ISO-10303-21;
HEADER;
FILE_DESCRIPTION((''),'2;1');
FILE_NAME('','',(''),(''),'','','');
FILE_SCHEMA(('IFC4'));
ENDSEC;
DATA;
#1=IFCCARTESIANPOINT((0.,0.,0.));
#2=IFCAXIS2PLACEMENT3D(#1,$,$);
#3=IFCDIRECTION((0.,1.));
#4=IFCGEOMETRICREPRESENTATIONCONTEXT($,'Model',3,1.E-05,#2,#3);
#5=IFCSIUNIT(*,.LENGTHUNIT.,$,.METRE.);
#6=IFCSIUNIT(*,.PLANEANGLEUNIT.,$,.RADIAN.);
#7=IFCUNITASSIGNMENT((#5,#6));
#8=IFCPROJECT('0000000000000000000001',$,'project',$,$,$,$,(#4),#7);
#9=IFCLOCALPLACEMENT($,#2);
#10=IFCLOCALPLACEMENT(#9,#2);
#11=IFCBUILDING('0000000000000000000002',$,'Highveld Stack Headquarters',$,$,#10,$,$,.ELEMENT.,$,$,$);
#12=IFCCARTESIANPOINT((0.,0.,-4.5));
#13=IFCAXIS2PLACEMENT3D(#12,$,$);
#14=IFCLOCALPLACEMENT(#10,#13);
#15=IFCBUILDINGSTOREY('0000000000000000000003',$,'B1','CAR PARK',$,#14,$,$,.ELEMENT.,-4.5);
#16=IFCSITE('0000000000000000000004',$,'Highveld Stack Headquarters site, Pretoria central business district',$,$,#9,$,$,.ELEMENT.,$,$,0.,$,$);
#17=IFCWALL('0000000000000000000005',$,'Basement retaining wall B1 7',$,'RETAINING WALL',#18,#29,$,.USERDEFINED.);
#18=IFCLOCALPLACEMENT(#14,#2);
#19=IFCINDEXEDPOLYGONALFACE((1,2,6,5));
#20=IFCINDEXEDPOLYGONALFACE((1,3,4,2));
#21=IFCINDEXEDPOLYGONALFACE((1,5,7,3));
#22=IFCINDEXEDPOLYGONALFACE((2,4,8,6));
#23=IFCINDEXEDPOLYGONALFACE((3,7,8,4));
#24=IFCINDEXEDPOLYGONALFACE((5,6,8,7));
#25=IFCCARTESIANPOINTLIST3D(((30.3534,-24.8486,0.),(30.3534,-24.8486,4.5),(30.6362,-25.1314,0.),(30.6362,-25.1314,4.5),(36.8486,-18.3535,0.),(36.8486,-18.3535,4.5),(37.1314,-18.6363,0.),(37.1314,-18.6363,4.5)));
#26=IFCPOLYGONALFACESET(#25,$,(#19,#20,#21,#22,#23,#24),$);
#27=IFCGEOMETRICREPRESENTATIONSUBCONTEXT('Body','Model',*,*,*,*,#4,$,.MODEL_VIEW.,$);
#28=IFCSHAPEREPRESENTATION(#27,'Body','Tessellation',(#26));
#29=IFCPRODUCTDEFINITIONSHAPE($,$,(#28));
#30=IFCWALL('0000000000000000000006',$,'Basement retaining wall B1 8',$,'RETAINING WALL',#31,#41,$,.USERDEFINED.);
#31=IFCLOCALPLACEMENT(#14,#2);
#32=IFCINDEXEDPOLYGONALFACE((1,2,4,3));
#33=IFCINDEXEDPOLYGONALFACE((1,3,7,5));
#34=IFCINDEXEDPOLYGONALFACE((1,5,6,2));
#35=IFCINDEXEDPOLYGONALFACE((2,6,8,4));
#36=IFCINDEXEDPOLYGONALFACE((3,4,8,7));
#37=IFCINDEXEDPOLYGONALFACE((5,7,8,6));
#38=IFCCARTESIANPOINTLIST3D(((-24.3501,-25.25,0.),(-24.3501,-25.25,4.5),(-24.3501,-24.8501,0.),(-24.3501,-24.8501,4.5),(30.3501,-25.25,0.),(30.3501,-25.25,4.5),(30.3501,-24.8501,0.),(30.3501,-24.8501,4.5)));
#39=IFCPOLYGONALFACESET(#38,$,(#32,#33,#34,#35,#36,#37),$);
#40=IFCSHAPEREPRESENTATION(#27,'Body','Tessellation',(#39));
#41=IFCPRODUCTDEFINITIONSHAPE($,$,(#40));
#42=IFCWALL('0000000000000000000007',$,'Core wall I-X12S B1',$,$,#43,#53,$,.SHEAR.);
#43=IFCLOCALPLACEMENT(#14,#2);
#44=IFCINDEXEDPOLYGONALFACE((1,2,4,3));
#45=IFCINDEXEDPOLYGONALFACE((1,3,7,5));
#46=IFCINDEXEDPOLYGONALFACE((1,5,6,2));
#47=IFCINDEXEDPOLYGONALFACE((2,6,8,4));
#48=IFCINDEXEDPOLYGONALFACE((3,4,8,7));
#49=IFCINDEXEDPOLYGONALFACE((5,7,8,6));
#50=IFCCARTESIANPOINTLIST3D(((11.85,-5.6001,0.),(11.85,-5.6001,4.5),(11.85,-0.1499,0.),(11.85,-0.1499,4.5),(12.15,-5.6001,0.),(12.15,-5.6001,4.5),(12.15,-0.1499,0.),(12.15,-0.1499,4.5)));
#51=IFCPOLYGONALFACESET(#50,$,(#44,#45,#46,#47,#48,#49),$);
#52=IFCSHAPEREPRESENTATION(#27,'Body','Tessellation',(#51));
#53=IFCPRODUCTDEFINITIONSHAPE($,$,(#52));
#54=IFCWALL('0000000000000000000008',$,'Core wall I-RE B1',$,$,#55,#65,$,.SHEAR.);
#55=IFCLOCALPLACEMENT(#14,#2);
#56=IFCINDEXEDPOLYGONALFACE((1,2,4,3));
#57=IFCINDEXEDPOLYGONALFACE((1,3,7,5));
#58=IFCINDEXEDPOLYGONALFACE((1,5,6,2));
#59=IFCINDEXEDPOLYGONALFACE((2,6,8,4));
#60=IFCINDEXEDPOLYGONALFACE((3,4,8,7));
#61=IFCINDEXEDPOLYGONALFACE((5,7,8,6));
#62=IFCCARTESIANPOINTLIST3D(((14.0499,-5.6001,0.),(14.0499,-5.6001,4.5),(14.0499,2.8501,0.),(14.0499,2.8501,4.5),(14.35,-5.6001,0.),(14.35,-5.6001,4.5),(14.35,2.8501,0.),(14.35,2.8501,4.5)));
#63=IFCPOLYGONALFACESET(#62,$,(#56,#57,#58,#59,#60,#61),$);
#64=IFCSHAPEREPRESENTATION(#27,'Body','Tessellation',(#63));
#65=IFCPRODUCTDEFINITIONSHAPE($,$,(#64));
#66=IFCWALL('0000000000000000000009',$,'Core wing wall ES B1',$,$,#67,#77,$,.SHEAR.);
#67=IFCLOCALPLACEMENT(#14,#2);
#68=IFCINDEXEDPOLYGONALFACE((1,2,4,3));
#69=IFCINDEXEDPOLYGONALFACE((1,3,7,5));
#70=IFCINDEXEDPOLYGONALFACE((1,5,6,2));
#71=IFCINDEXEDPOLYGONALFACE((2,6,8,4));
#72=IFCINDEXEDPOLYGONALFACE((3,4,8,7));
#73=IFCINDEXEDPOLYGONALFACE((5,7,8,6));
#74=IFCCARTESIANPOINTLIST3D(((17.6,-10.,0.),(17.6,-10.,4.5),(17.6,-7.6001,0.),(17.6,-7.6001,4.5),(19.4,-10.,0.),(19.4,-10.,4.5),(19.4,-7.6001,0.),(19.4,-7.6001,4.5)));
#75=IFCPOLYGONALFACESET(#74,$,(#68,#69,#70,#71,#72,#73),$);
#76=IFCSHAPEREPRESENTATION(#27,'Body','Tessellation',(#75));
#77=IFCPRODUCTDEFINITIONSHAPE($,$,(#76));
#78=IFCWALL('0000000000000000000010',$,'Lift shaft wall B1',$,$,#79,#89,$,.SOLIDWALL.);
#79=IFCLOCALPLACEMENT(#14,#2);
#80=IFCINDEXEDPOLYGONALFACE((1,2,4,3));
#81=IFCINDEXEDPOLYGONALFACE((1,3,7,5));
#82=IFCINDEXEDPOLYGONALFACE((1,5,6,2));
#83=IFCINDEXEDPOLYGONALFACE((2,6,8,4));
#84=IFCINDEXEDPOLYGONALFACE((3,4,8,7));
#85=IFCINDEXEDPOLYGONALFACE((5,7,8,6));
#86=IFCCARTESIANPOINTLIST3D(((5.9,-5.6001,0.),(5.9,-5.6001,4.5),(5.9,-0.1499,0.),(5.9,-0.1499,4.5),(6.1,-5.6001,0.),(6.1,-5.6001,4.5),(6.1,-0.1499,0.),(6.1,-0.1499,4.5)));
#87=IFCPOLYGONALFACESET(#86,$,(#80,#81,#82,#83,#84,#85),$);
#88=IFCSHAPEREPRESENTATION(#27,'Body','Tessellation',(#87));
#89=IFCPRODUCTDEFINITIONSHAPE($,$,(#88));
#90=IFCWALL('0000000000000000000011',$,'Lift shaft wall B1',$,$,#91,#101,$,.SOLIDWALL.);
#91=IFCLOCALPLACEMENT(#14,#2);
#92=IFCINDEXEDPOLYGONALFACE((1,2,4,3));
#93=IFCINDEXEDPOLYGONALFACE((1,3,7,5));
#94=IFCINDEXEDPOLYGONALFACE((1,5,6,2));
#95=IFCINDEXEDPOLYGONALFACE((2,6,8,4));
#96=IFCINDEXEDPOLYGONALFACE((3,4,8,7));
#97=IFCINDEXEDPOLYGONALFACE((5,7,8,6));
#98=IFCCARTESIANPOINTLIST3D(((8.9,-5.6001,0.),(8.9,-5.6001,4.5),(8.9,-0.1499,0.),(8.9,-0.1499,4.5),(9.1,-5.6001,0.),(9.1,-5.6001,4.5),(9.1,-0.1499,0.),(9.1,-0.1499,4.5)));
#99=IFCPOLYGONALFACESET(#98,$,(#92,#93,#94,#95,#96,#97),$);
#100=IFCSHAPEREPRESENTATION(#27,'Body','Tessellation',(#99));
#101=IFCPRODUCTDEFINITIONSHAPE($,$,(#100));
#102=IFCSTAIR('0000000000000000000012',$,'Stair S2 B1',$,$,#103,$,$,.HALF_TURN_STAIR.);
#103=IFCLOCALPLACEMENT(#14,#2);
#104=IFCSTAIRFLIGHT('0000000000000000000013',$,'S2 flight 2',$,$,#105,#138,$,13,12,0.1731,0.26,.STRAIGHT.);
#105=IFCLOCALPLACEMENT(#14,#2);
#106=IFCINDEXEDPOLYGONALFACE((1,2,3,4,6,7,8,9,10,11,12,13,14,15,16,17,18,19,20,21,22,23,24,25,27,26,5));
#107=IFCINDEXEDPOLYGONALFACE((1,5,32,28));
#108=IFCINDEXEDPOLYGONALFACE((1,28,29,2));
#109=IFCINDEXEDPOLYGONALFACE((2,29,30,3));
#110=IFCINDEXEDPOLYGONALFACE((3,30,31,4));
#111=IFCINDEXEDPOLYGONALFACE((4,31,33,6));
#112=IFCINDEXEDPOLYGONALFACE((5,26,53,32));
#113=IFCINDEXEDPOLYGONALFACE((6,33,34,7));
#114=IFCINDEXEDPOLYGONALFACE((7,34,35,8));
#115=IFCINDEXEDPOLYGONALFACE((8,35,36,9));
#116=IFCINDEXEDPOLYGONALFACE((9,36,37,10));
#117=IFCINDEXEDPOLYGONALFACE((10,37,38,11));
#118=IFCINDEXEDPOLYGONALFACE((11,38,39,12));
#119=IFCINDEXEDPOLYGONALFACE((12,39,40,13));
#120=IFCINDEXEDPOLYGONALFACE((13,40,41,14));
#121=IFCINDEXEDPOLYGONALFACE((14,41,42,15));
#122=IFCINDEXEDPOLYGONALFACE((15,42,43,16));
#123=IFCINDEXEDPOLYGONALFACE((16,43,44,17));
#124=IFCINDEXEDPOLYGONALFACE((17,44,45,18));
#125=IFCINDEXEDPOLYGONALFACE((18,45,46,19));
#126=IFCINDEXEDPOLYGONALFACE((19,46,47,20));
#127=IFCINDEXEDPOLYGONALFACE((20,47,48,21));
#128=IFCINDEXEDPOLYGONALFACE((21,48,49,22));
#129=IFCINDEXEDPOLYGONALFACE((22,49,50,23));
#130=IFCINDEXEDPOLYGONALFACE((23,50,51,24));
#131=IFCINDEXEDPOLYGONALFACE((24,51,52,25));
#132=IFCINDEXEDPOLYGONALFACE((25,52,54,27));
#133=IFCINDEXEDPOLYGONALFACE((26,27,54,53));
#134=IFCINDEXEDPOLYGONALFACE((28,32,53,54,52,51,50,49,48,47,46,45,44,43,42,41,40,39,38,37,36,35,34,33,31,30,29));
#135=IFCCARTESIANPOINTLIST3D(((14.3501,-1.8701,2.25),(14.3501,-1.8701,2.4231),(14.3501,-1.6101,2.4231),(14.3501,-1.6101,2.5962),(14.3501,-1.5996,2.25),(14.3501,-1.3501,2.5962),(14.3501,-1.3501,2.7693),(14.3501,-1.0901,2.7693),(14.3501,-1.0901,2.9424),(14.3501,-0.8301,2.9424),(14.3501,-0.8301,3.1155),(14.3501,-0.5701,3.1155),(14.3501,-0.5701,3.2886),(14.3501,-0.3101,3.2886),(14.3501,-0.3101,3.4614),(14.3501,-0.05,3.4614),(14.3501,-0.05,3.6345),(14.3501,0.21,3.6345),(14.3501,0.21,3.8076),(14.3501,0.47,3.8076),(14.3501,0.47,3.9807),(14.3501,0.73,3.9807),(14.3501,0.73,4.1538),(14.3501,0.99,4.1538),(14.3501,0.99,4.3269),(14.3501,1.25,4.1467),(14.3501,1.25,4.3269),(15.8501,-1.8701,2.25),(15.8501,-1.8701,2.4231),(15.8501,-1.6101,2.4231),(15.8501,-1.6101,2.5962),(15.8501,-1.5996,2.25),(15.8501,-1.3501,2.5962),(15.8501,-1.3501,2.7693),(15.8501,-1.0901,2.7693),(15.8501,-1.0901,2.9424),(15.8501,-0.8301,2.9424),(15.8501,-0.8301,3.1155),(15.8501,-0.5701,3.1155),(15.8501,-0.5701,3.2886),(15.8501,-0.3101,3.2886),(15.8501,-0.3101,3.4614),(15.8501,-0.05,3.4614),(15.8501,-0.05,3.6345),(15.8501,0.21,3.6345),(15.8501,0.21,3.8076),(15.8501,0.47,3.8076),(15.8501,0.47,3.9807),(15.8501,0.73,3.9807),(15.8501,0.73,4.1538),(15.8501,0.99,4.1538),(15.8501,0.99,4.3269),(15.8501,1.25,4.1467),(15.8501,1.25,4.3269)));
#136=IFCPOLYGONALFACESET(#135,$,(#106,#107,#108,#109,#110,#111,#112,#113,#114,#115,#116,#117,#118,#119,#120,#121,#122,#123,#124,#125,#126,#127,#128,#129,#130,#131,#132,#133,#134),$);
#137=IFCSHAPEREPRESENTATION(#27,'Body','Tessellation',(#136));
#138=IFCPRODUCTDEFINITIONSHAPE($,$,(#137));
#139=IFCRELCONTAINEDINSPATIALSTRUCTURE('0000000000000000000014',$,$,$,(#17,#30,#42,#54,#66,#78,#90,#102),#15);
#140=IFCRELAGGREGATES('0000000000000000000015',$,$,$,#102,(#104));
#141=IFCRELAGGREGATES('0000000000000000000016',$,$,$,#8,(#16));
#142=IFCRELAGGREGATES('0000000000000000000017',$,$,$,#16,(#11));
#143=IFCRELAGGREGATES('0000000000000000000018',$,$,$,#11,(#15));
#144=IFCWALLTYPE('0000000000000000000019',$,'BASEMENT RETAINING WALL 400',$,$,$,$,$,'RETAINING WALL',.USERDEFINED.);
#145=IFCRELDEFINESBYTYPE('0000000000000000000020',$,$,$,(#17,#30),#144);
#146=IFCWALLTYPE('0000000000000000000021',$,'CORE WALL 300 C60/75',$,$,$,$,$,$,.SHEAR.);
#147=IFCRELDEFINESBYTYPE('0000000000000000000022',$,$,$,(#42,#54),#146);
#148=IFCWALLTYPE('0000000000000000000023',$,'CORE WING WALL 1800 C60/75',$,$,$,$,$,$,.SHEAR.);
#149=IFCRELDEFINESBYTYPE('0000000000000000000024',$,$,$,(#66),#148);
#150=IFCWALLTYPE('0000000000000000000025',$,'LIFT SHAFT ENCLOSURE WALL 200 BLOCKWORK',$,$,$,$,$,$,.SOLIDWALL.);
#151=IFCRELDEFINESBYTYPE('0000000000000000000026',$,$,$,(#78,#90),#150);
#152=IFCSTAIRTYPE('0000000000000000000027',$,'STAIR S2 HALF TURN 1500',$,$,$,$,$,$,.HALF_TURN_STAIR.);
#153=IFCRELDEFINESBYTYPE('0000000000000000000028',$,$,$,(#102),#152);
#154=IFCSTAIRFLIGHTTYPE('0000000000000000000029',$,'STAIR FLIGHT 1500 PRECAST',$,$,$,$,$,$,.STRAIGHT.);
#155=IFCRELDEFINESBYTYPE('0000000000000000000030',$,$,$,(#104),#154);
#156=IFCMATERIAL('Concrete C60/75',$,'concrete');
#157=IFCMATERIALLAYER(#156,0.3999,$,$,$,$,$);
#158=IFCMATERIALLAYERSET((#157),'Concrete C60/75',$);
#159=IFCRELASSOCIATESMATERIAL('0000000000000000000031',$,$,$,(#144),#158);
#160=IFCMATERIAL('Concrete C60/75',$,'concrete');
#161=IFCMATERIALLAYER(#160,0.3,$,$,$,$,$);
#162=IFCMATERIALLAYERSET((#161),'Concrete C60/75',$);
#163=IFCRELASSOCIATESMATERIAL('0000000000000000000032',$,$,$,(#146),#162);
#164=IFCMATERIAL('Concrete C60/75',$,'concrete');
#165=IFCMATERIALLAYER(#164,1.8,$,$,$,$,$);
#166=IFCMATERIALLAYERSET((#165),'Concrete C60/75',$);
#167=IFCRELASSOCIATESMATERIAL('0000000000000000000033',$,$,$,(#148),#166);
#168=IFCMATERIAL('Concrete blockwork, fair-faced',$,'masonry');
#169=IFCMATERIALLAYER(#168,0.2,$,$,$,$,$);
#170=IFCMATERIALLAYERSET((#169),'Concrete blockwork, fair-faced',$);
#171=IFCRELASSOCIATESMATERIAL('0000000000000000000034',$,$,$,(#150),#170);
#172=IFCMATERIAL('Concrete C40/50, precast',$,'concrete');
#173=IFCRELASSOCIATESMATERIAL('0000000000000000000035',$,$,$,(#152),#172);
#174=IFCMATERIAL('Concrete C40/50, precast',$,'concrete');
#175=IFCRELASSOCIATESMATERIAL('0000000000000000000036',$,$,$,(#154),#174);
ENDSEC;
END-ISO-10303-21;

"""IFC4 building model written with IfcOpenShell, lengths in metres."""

from ifc_helpers import new_model, si_unit, direction, frame, frame_2d, origin, place, context, subcontext, project, spatial, polyline, rectangle, outline, extrude, material, layer, layer_set, type_object, element, aggregate, save


model = new_model("IFC4")

# Units and contexts
model_context = context("Model", 3, precision=1e-05, world=origin(), true_north=direction((0.0, 1.0)))
body_context = subcontext(model_context, "Body", "Model", "MODEL_VIEW")
ifc_project = project(units=[si_unit("LENGTHUNIT", "METRE"), si_unit("PLANEANGLEUNIT", "RADIAN")], contexts=[model_context])

# Site, building, storey
site_placement = place(None, origin())
site = spatial("IfcSite", under=ifc_project, at=site_placement, Name="Highveld Stack Headquarters site, Pretoria central business district", CompositionType="ELEMENT", RefElevation=0.0)
building_placement = place(site_placement, origin())
building = spatial("IfcBuilding", under=site, at=building_placement, Name="Highveld Stack Headquarters", CompositionType="ELEMENT")
storey_placement = place(building_placement, frame((0.0, 0.0, -4.5)))
storey = spatial("IfcBuildingStorey", under=building, at=storey_placement, Name="B1", Description="CAR PARK", CompositionType="ELEMENT", Elevation=-4.5)

# Walls
ifc_material_1 = material(Name="Concrete C60/75", Category="concrete")
ifc_layer_1 = layer(ifc_material_1, 0.3999)
ifc_layer_set_1 = layer_set([ifc_layer_1], Name="Concrete C60/75")
wall_type_1 = type_object("IfcWallType", Name="BASEMENT RETAINING WALL 400", ElementType="RETAINING WALL", PredefinedType="USERDEFINED", material=ifc_layer_set_1)
wall_1_placement = place(storey_placement, frame((36.99, -18.4949, 0.0), z_axis=(0.0, 0.0, 1.0), x_axis=(-0.707107, -0.707107, 0.0)))
element("IfcWall", 1, at=wall_1_placement, inside=storey, type_object=wall_type_1, Name="Basement retaining wall B1 7", ObjectType="RETAINING WALL", PredefinedType="USERDEFINED", context=body_context, shape_type="SweptSolid", body=[
    extrude(rectangle(XDim=9.1855, YDim=0.3999, at=frame_2d((4.5928, 0.0))), origin(), (0.0, 0.0, 1.0), 4.5),
])
wall_2_placement = place(storey_placement, frame((30.3501, -25.05, 0.0), z_axis=(0.0, 0.0, 1.0), x_axis=(-1.0, 0.0, 0.0)))
element("IfcWall", 2, at=wall_2_placement, inside=storey, type_object=wall_type_1, Name="Basement retaining wall B1 8", ObjectType="RETAINING WALL", PredefinedType="USERDEFINED", context=body_context, shape_type="SweptSolid", body=[
    extrude(rectangle(XDim=54.7002, YDim=0.3999, at=frame_2d((27.3501, 0.0))), origin(), (0.0, 0.0, 1.0), 4.5),
])

# Walls
ifc_material_2 = material(Name="Concrete C60/75", Category="concrete")
ifc_layer_2 = layer(ifc_material_2, 0.3)
ifc_layer_set_2 = layer_set([ifc_layer_2], Name="Concrete C60/75")
wall_type_2 = type_object("IfcWallType", Name="CORE WALL 300 C60/75", PredefinedType="SHEAR", material=ifc_layer_set_2)
wall_3_placement = place(storey_placement, frame((12.0, -5.6001, 0.0), z_axis=(0.0, 0.0, 1.0), x_axis=(0.0, 1.0, 0.0)))
element("IfcWall", 3, at=wall_3_placement, inside=storey, type_object=wall_type_2, Name="Core wall I-X12S B1", PredefinedType="SHEAR", context=body_context, shape_type="SweptSolid", body=[
    extrude(rectangle(XDim=5.4502, YDim=0.3, at=frame_2d((2.7251, 0.0))), origin(), (0.0, 0.0, 1.0), 4.5),
])
wall_4_placement = place(storey_placement, frame((14.2, -5.6001, 0.0), z_axis=(0.0, 0.0, 1.0), x_axis=(0.0, 1.0, 0.0)))
element("IfcWall", 4, at=wall_4_placement, inside=storey, type_object=wall_type_2, Name="Core wall I-RE B1", PredefinedType="SHEAR", context=body_context, shape_type="SweptSolid", body=[
    extrude(rectangle(XDim=8.4502, YDim=0.3, at=frame_2d((4.2251, 0.0))), origin(), (0.0, 0.0, 1.0), 4.5),
])
ifc_material_3 = material(Name="Concrete C60/75", Category="concrete")
ifc_layer_3 = layer(ifc_material_3, 1.8)
ifc_layer_set_3 = layer_set([ifc_layer_3], Name="Concrete C60/75")
wall_type_3 = type_object("IfcWallType", Name="CORE WING WALL 1800 C60/75", PredefinedType="SHEAR", material=ifc_layer_set_3)
wall_5_placement = place(storey_placement, frame((18.5, -10.0, 0.0), z_axis=(0.0, 0.0, 1.0), x_axis=(0.0, 1.0, 0.0)))
element("IfcWall", 5, at=wall_5_placement, inside=storey, type_object=wall_type_3, Name="Core wing wall ES B1", PredefinedType="SHEAR", context=body_context, shape_type="SweptSolid", body=[
    extrude(rectangle(XDim=2.3999, YDim=1.8, at=frame_2d((1.2, 0.0))), origin(), (0.0, 0.0, 1.0), 4.5),
])
ifc_material_4 = material(Name="Concrete blockwork, fair-faced", Category="masonry")
ifc_layer_4 = layer(ifc_material_4, 0.2)
ifc_layer_set_4 = layer_set([ifc_layer_4], Name="Concrete blockwork, fair-faced")
wall_type_4 = type_object("IfcWallType", Name="LIFT SHAFT ENCLOSURE WALL 200 BLOCKWORK", PredefinedType="SOLIDWALL", material=ifc_layer_set_4)
for number, where, z_axis, x_axis, name in (
    (6, (6.0, -5.6001, 0.0), (0.0, 0.0, 1.0), (0.0, 1.0, 0.0), "Lift shaft wall B1"),
    (7, (9.0, -5.6001, 0.0), (0.0, 0.0, 1.0), (0.0, 1.0, 0.0), "Lift shaft wall B1"),
):
    element("IfcWall", number, at=place(storey_placement, frame(where, z_axis=z_axis, x_axis=x_axis)), inside=storey, type_object=wall_type_4, Name=name, PredefinedType="SOLIDWALL", context=body_context, shape_type="SweptSolid", body=[
        extrude(rectangle(XDim=5.4502, YDim=0.2, at=frame_2d((2.7251, 0.0))), origin(), (0.0, 0.0, 1.0), 4.5),
    ])

# Stair, stair flight
ifc_material_5 = material(Name="Concrete C40/50, precast", Category="concrete")
stair_type = type_object("IfcStairType", Name="STAIR S2 HALF TURN 1500", PredefinedType="HALF_TURN_STAIR", material=ifc_material_5)
stair_placement = place(storey_placement, origin())
stair = element("IfcStair", 8, at=stair_placement, inside=storey, type_object=stair_type, Name="Stair S2 B1", PredefinedType="HALF_TURN_STAIR")
ifc_material_6 = material(Name="Concrete C40/50, precast", Category="concrete")
stair_flight_type = type_object("IfcStairFlightType", Name="STAIR FLIGHT 1500 PRECAST", PredefinedType="STRAIGHT", material=ifc_material_6)
stair_flight_placement = place(storey_placement, frame((15.1001, -1.8701, 2.25), z_axis=(0.0, 0.0, 1.0), x_axis=(0.0, 1.0, 0.0)))
stair_flight = element("IfcStairFlight", 9, at=stair_flight_placement, type_object=stair_flight_type, Name="S2 flight 2", NumberOfRisers=13, NumberOfTreads=12, PredefinedType="STRAIGHT", RiserHeight=0.1731, TreadLength=0.26, context=body_context, shape_type="SweptSolid", body=[
    extrude(outline(polyline([(0.0, 0.0), (0.0, 0.1731), (0.26, 0.1731), (0.26, 0.3462), (0.52, 0.3462), (0.52, 0.5193), (0.78, 0.5193), (0.78, 0.6924), (1.04, 0.6924), (1.04, 0.8655), (1.3, 0.8655), (1.3, 1.0386), (1.5601, 1.0386), (1.5601, 1.2114), (1.8201, 1.2114), (1.8201, 1.3845), (2.0801, 1.3845), (2.0801, 1.5576), (2.3401, 1.5576), (2.3401, 1.7307), (2.6001, 1.7307), (2.6001, 1.9038), (2.8601, 1.9038), (2.8601, 2.0769), (3.1201, 2.0769), (3.1201, 2.25), (3.1201, 1.8967), (0.2705, 0.0), (0.0, 0.0)])), frame((0.0, 0.75, 0.0), z_axis=(0.0, -1.0, 0.0), x_axis=(1.0, 0.0, 0.0)), (0.0, 0.0, 1.0), 1.5),
])
aggregate(stair, [stair_flight])

save(model, "model.ifc")
